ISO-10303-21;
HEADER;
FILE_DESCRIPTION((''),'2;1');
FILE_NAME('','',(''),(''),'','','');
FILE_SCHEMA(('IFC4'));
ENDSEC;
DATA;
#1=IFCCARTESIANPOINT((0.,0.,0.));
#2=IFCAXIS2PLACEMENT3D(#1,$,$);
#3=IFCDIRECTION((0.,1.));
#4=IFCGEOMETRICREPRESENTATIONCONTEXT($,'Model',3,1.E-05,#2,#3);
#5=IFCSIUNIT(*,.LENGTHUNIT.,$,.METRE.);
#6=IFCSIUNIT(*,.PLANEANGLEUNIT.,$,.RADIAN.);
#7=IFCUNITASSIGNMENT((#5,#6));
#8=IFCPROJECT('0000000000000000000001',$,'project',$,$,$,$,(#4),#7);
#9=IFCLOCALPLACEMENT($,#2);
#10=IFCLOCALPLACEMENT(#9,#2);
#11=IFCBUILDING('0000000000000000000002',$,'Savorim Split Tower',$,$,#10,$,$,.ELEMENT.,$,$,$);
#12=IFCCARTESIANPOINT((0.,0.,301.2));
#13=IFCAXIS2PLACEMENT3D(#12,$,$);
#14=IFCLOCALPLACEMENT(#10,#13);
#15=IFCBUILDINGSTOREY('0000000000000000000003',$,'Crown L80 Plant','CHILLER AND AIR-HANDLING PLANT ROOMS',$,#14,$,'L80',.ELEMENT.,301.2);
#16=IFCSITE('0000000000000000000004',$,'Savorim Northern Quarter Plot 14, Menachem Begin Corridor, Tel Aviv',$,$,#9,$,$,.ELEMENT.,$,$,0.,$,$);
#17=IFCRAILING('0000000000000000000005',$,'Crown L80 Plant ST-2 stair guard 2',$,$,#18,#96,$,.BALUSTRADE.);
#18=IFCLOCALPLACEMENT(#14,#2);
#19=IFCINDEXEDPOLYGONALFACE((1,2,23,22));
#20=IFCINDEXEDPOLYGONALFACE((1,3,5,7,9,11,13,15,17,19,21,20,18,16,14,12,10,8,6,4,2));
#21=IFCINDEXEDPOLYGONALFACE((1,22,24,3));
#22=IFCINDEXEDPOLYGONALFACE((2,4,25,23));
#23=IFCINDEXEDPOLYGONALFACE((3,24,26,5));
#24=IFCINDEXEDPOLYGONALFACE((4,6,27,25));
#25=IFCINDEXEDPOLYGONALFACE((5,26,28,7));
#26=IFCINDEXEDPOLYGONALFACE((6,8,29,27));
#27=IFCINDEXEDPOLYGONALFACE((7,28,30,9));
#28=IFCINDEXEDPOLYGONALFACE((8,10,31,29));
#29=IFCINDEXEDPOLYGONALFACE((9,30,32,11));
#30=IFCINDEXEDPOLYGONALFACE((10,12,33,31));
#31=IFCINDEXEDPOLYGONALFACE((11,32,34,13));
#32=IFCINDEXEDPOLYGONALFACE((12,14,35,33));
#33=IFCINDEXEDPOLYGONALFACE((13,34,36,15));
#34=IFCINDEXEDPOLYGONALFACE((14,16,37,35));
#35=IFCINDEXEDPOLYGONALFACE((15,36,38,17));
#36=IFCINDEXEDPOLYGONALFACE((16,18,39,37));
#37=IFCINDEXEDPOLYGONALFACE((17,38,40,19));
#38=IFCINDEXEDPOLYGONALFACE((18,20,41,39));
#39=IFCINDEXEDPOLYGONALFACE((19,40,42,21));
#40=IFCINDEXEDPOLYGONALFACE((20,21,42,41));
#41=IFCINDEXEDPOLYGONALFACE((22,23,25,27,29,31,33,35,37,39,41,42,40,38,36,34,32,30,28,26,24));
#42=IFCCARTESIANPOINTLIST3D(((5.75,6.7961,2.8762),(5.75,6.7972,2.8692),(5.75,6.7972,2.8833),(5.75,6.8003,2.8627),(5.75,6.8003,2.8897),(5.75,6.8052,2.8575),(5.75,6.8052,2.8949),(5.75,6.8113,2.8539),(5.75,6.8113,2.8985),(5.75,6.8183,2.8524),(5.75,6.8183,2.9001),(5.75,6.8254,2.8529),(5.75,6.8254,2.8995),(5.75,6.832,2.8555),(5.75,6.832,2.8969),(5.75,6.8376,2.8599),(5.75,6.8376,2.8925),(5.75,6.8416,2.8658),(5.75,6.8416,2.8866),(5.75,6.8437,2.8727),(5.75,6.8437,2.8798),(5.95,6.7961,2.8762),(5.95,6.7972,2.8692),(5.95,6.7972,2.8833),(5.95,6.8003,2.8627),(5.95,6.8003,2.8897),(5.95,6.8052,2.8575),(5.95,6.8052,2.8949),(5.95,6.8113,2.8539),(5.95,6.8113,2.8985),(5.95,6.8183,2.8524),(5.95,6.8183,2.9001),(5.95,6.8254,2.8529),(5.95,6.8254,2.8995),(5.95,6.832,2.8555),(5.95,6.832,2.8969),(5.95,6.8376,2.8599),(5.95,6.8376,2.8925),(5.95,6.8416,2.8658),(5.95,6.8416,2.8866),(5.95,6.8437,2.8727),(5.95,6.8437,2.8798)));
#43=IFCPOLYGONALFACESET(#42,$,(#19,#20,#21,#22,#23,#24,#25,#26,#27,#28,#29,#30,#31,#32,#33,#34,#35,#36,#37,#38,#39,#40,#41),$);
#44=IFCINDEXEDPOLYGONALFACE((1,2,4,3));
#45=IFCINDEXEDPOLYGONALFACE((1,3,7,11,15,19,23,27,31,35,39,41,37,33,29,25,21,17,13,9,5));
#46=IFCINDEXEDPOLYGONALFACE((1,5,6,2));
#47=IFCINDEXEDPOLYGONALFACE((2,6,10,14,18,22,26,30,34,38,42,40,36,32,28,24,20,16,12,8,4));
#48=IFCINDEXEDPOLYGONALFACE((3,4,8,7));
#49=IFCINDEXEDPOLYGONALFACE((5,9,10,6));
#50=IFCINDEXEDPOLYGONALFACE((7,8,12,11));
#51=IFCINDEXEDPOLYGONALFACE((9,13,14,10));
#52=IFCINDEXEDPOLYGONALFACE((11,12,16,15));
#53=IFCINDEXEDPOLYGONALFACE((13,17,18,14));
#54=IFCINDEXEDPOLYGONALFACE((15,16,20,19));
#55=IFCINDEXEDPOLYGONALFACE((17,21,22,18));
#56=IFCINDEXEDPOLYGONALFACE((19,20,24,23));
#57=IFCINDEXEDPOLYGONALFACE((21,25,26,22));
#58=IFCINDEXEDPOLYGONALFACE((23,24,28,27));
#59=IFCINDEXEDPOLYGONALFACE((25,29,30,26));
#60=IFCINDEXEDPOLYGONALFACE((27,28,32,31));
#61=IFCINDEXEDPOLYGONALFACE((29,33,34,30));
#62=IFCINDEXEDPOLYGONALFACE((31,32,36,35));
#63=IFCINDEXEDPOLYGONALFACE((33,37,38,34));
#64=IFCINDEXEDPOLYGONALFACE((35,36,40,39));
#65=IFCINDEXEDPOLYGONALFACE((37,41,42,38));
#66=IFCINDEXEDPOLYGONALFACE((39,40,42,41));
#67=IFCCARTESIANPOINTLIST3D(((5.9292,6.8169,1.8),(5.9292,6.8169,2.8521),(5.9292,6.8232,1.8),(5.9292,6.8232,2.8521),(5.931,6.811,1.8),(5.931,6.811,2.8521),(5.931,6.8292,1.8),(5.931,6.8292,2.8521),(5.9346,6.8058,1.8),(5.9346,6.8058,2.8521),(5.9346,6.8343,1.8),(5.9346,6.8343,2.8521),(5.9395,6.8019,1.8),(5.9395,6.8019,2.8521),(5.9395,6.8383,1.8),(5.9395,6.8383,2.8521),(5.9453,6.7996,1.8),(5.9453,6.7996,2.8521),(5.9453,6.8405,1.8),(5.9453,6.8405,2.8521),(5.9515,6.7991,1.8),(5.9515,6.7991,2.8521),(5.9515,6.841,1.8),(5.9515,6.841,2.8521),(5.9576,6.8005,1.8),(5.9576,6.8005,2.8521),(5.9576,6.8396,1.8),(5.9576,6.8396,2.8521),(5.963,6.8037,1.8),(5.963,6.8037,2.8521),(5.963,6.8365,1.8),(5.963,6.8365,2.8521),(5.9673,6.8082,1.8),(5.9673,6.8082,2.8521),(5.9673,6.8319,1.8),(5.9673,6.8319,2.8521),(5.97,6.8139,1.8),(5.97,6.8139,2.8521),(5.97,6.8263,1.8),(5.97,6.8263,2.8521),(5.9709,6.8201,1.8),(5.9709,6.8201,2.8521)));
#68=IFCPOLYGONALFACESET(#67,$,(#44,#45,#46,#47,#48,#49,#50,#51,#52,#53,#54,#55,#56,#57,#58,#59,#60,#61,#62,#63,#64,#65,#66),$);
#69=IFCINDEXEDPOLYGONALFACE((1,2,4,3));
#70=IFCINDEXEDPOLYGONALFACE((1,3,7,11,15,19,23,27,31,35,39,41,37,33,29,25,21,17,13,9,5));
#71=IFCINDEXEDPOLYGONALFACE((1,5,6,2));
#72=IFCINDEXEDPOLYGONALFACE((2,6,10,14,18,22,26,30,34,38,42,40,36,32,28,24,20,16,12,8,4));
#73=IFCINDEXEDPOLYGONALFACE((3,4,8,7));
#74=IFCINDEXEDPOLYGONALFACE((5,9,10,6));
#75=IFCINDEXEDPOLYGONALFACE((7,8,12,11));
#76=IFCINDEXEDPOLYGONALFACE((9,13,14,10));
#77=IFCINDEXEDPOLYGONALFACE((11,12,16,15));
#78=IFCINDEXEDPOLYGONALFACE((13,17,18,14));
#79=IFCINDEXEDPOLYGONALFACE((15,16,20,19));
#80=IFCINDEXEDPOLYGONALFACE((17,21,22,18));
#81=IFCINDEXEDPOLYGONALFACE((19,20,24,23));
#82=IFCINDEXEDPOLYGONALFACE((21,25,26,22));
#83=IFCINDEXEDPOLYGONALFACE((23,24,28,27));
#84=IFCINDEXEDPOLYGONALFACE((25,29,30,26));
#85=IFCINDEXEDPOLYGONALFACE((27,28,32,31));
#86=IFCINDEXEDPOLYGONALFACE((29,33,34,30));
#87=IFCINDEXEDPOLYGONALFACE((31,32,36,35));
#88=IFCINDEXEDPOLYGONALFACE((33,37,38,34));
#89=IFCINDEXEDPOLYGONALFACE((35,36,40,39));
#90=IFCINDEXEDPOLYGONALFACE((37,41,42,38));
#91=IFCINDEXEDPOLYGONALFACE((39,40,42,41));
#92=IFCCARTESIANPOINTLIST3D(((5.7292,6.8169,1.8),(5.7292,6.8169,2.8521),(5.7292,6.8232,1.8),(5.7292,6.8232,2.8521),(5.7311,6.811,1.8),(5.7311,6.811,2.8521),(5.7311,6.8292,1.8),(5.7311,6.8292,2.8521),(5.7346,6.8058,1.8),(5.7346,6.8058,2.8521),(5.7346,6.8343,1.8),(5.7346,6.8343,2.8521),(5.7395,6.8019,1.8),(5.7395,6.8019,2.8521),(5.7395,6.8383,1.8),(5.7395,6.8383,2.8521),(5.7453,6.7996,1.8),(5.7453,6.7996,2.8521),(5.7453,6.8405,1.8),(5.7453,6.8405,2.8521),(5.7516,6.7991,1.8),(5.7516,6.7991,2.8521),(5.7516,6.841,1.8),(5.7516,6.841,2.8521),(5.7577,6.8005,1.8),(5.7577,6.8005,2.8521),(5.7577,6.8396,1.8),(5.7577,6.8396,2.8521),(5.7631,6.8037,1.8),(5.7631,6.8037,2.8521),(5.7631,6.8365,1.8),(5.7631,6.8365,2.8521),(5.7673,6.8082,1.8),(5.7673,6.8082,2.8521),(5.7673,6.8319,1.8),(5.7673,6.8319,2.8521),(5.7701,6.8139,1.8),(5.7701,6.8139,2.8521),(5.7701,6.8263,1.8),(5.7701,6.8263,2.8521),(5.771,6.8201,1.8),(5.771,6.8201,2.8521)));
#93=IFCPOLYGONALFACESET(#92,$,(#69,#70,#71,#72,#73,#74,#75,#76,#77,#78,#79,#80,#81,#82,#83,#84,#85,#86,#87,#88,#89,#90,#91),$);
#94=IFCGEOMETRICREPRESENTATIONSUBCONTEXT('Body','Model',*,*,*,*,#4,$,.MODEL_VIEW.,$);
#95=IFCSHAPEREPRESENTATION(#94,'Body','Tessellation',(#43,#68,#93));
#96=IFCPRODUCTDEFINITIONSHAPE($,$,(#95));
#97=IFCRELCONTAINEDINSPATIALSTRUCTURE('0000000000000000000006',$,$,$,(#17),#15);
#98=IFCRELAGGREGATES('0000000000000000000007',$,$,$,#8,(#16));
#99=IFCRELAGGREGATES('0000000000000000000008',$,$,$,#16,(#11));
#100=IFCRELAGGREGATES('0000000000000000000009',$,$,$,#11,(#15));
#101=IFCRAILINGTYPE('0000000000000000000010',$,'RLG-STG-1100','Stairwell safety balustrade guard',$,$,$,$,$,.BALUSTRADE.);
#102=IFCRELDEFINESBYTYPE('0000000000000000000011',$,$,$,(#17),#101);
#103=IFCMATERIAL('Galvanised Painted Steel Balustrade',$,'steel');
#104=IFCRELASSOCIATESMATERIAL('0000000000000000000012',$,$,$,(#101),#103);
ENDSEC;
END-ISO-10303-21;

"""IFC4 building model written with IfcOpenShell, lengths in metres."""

from ifc_helpers import new_model, si_unit, direction, frame, origin, origin_2d, place, context, subcontext, project, spatial, circle, extrude, material, type_object, element, save


model = new_model("IFC4")

# Units and contexts
model_context = context("Model", 3, precision=1e-05, world=origin(), true_north=direction((0.0, 1.0)))
body_context = subcontext(model_context, "Body", "Model", "MODEL_VIEW")
ifc_project = project(units=[si_unit("LENGTHUNIT", "METRE"), si_unit("PLANEANGLEUNIT", "RADIAN")], contexts=[model_context])

# Site, building, storey
site_placement = place(None, origin())
site = spatial("IfcSite", under=ifc_project, at=site_placement, Name="Savorim Northern Quarter Plot 14, Menachem Begin Corridor, Tel Aviv", CompositionType="ELEMENT", RefElevation=0.0)
building_placement = place(site_placement, origin())
building = spatial("IfcBuilding", under=site, at=building_placement, Name="Savorim Split Tower", CompositionType="ELEMENT")
storey_placement = place(building_placement, frame((0.0, 0.0, 301.2)))
storey = spatial("IfcBuildingStorey", under=building, at=storey_placement, Name="Crown L80 Plant", Description="CHILLER AND AIR-HANDLING PLANT ROOMS", LongName="L80", CompositionType="ELEMENT", Elevation=301.2)

# Railing
ifc_material_1 = material(Name="Galvanised Painted Steel Balustrade", Category="steel")
railing_type_1 = type_object("IfcRailingType", Name="RLG-STG-1100", Description="Stairwell safety balustrade guard", PredefinedType="BALUSTRADE", material=ifc_material_1)
railing_1_placement = place(storey_placement, frame((5.95, 6.8201, 1.8)))
element("IfcRailing", 1, at=railing_1_placement, inside=storey, type_object=railing_type_1, Name="Crown L80 Plant ST-2 stair guard 2", PredefinedType="BALUSTRADE", context=body_context, shape_type="SweptSolid", body=[
    extrude(circle(Radius=0.0239, at=origin_2d()), frame((0.0, 0.0, 1.0762), z_axis=(-1.0, 0.0, 0.0), x_axis=(0.0, -1.0, 0.0)), (0.0, 0.0, 1.0), 0.2),
    extrude(circle(Radius=0.021, at=origin_2d()), origin(), (0.0, 0.0, 1.0), 1.052),
    extrude(circle(Radius=0.021, at=origin_2d()), frame((-0.2, 0.0, 0.0)), (0.0, 0.0, 1.0), 1.052),
])

save(model, "model.ifc")
